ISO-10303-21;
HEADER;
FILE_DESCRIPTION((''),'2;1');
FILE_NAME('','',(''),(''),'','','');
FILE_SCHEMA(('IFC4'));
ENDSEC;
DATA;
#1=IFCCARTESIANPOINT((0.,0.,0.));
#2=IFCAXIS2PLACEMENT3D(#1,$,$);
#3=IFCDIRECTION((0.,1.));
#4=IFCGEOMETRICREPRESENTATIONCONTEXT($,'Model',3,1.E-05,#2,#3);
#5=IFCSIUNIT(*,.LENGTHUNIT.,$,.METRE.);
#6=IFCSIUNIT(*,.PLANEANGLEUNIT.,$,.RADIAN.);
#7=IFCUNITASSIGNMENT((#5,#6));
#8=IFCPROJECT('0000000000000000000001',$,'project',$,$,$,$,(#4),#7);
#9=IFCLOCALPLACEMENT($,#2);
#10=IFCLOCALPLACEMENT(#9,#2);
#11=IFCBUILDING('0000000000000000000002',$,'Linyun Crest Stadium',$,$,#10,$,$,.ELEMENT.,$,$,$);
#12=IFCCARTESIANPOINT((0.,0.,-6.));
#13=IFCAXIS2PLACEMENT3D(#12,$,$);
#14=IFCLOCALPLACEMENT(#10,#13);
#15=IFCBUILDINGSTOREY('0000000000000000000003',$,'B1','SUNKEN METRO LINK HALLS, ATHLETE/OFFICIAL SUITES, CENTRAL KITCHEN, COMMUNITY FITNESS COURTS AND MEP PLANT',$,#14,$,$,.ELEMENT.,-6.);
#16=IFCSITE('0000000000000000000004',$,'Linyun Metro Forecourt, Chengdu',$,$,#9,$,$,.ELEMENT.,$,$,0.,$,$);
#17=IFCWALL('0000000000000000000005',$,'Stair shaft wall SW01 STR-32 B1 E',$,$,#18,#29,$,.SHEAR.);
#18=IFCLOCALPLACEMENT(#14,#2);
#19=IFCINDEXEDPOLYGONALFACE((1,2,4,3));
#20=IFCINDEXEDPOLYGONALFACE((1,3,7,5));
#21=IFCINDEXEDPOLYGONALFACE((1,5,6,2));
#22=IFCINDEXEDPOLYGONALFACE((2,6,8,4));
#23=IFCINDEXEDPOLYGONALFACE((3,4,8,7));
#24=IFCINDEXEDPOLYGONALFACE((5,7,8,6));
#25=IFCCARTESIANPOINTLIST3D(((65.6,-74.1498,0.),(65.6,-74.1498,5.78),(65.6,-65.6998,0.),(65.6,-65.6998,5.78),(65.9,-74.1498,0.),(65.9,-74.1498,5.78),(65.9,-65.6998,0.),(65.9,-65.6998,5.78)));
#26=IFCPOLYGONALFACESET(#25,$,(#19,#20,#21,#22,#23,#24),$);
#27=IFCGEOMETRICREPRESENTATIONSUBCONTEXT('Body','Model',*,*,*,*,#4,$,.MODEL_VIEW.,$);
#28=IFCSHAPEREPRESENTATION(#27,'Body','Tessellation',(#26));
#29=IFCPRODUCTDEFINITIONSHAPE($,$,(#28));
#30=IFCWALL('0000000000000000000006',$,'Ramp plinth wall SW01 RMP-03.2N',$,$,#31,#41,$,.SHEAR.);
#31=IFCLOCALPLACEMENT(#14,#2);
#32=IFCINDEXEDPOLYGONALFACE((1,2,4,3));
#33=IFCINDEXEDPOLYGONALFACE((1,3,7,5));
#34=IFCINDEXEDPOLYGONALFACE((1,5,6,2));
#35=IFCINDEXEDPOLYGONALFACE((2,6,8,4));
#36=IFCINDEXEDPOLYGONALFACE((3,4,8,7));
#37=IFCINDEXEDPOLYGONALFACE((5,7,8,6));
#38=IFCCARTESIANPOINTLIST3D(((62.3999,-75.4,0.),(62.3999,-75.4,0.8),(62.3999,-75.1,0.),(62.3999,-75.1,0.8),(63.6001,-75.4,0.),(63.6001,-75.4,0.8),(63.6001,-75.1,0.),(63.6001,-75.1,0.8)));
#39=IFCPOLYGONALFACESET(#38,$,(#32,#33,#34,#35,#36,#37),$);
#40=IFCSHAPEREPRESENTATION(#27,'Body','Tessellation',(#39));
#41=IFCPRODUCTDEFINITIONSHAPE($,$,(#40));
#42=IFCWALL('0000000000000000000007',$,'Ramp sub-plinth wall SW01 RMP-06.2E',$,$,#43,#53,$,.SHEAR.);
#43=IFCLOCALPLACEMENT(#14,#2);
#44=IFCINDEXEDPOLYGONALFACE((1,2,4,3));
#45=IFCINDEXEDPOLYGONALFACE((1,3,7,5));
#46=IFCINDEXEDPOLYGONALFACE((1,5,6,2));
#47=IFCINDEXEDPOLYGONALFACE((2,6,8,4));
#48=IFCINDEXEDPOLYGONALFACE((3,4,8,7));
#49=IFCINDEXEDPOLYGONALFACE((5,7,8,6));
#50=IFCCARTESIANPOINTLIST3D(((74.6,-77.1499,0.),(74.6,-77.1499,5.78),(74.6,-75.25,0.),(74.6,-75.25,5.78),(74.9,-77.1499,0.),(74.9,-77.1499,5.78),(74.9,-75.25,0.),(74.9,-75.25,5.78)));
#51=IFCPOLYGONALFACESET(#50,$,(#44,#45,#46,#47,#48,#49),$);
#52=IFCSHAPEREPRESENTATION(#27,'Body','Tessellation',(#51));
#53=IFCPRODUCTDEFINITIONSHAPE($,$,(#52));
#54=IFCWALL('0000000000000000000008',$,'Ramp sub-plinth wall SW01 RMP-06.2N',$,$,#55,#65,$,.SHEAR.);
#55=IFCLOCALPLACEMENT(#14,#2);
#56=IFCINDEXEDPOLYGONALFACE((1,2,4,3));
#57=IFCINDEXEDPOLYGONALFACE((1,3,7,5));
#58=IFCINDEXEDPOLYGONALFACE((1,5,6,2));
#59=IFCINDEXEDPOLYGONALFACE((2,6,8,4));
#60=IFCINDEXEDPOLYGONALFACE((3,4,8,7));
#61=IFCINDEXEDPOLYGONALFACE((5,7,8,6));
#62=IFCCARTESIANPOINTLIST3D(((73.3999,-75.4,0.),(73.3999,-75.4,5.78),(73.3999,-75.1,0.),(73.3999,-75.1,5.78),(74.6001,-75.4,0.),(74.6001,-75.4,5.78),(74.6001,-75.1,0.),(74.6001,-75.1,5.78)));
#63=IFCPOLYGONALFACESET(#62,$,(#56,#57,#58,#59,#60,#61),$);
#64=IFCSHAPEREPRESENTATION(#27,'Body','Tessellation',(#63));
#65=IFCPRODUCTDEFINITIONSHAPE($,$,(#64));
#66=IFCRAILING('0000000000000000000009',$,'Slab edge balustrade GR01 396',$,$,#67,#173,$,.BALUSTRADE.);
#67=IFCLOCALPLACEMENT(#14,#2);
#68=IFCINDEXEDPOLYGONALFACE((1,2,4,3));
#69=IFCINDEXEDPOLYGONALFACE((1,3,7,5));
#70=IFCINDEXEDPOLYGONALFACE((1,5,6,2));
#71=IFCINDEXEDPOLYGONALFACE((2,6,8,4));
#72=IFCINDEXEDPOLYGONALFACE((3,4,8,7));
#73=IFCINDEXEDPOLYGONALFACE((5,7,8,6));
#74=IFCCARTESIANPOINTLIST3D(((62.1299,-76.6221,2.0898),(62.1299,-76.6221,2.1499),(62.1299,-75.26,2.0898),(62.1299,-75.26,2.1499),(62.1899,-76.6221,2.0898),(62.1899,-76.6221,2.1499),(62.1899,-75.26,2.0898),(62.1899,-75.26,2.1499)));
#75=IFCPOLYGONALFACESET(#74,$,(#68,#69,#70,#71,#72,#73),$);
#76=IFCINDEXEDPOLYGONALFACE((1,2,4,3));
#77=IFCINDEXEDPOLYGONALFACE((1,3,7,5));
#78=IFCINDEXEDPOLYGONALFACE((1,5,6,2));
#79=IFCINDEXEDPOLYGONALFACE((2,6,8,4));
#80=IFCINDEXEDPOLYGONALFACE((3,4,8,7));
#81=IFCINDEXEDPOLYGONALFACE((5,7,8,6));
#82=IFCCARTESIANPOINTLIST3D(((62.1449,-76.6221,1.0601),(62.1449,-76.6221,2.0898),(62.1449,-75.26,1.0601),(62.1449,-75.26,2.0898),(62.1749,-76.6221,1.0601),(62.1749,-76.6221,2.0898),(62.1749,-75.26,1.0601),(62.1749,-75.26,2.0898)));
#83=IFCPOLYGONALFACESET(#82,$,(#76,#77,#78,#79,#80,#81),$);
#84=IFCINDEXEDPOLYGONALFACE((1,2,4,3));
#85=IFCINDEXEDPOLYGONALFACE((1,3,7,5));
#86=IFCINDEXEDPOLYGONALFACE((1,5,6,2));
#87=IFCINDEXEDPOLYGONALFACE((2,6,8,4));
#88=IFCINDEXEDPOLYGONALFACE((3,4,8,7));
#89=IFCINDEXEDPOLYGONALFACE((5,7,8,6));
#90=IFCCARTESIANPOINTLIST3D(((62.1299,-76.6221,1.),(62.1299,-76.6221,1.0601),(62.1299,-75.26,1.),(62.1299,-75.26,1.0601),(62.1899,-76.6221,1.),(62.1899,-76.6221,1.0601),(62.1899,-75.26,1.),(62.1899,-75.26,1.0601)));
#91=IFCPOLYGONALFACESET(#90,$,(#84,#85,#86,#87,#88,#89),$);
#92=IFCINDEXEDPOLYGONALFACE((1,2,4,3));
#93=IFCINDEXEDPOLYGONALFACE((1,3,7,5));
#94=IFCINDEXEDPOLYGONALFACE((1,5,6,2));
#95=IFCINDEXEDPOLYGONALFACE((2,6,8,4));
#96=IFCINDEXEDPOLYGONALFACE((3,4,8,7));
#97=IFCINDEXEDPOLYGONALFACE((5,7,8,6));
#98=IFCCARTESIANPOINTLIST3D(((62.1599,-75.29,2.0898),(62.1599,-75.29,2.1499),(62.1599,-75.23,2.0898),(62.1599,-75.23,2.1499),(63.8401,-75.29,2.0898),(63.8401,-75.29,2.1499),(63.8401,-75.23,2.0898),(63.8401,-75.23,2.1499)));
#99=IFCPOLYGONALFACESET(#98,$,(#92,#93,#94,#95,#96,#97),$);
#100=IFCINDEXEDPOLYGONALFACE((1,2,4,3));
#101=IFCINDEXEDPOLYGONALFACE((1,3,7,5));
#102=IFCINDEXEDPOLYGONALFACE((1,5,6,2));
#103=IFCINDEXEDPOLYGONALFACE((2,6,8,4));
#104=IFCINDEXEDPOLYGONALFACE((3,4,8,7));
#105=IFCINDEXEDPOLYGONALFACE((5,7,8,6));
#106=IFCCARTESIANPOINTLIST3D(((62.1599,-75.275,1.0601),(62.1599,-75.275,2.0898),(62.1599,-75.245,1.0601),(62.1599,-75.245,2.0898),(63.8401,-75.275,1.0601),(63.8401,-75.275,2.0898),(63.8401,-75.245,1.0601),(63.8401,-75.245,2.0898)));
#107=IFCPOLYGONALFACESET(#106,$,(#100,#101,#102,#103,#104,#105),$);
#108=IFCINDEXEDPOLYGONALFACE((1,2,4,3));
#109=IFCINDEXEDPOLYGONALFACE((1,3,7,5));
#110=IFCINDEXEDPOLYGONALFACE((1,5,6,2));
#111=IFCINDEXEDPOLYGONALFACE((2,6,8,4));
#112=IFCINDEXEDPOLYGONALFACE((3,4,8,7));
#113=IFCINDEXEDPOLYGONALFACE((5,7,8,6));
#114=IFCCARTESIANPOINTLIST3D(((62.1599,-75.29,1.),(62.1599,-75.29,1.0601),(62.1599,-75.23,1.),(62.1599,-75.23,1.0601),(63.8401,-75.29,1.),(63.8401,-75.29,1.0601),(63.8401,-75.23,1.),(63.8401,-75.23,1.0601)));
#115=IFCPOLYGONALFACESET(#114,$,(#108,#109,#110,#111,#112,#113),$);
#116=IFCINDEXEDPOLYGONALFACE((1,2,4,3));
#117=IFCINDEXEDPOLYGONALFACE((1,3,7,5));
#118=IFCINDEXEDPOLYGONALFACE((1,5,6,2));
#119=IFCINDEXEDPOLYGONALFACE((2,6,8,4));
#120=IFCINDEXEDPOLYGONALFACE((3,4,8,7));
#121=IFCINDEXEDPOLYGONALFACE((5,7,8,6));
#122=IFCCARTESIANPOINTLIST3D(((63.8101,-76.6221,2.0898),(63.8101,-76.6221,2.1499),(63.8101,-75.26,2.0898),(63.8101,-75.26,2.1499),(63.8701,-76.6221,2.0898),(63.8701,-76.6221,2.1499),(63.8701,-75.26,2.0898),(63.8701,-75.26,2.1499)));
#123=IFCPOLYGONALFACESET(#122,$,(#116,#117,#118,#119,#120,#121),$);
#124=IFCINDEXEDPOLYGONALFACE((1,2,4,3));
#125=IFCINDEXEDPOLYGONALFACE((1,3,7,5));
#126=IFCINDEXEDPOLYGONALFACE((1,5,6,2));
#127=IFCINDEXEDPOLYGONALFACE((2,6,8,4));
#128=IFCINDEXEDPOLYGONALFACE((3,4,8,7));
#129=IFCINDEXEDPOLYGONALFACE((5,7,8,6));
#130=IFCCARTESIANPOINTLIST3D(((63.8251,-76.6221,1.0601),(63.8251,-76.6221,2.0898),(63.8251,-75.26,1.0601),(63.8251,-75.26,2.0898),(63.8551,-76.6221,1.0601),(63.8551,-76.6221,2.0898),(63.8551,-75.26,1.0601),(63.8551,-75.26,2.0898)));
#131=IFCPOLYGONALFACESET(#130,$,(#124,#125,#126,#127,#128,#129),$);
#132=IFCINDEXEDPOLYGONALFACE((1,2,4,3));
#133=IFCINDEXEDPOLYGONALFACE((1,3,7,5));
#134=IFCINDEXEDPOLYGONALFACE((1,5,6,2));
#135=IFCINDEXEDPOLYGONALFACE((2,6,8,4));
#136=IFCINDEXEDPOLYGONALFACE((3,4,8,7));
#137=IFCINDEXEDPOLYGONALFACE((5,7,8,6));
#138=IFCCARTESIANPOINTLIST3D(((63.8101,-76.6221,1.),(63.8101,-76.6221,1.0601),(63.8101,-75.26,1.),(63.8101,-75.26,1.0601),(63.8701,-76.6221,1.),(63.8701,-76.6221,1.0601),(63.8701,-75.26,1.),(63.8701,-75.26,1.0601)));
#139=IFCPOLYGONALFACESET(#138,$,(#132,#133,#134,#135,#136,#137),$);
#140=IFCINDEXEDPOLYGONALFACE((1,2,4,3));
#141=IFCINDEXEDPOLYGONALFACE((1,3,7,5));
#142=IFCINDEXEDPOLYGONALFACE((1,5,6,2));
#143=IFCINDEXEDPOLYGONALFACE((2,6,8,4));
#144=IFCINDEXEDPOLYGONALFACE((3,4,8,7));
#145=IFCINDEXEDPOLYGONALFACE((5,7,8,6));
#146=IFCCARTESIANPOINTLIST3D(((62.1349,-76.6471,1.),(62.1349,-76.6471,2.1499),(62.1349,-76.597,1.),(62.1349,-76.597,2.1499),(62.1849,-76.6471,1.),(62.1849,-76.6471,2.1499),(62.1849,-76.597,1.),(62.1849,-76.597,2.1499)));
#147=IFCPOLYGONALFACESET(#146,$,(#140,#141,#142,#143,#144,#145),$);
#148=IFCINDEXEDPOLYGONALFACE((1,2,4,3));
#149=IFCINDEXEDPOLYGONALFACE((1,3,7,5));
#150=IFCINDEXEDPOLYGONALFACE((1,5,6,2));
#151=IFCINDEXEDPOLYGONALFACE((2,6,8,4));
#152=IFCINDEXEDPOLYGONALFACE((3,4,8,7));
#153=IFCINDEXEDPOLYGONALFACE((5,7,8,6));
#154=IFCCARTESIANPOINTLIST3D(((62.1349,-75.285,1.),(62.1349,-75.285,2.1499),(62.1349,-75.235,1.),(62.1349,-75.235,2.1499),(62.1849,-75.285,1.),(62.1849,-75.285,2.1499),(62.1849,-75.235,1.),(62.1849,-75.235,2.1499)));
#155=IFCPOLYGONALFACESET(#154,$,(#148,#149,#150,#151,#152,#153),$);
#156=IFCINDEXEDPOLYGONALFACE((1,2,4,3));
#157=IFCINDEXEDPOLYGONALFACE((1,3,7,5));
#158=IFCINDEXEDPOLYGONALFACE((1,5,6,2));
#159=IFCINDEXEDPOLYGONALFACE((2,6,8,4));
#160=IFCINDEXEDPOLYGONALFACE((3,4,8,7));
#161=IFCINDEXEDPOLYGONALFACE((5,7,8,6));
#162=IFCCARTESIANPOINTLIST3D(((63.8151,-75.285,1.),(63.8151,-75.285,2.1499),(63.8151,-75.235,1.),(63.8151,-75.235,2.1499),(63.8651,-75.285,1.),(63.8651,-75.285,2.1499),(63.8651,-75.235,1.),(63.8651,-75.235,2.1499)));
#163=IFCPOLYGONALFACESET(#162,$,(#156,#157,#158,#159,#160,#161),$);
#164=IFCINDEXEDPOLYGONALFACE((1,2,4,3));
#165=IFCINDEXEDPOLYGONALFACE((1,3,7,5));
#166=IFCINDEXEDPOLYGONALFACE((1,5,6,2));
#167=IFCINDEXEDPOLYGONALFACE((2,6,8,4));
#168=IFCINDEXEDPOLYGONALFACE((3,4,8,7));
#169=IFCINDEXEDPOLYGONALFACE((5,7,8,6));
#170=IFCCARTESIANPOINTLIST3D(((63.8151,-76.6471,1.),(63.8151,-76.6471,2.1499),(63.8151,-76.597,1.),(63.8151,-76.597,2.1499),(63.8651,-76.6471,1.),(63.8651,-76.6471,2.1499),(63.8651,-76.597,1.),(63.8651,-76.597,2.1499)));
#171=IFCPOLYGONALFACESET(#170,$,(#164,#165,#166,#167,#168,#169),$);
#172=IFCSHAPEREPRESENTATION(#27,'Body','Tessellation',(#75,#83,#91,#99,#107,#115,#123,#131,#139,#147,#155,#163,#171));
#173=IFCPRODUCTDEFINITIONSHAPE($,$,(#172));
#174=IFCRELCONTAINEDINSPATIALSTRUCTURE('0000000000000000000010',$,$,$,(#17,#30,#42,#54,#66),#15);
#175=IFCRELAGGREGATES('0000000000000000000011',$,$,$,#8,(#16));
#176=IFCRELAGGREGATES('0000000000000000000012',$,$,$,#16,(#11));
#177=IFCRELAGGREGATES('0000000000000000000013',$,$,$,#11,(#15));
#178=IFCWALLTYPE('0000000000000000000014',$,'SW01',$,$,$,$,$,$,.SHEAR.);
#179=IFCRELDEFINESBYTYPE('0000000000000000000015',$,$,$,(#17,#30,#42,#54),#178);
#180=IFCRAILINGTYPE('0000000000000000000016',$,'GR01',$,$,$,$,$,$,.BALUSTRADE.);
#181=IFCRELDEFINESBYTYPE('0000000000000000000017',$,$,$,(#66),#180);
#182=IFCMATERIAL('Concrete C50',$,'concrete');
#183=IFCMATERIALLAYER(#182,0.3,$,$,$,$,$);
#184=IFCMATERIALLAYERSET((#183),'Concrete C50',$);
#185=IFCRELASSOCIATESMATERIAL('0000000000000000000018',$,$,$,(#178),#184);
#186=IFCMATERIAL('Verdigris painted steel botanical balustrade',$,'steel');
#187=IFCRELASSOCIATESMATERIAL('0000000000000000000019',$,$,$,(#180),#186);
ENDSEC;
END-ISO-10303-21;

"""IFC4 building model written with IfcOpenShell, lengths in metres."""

from ifc_helpers import new_model, si_unit, direction, frame, frame_2d, origin, origin_2d, place, context, subcontext, project, spatial, rectangle, extrude, material, layer, layer_set, type_object, element, save


model = new_model("IFC4")

# Units and contexts
model_context = context("Model", 3, precision=1e-05, world=origin(), true_north=direction((0.0, 1.0)))
body_context = subcontext(model_context, "Body", "Model", "MODEL_VIEW")
ifc_project = project(units=[si_unit("LENGTHUNIT", "METRE"), si_unit("PLANEANGLEUNIT", "RADIAN")], contexts=[model_context])

# Site, building, storey
site_placement = place(None, origin())
site = spatial("IfcSite", under=ifc_project, at=site_placement, Name="Linyun Metro Forecourt, Chengdu", CompositionType="ELEMENT", RefElevation=0.0)
building_placement = place(site_placement, origin())
building = spatial("IfcBuilding", under=site, at=building_placement, Name="Linyun Crest Stadium", CompositionType="ELEMENT")
storey_placement = place(building_placement, frame((0.0, 0.0, -6.0)))
storey = spatial("IfcBuildingStorey", under=building, at=storey_placement, Name="B1", Description="SUNKEN METRO LINK HALLS, ATHLETE/OFFICIAL SUITES, CENTRAL KITCHEN, COMMUNITY FITNESS COURTS AND MEP PLANT", CompositionType="ELEMENT", Elevation=-6.0)

# Walls
ifc_material_1 = material(Name="Concrete C50", Category="concrete")
ifc_layer_1 = layer(ifc_material_1, 0.3)
ifc_layer_set_1 = layer_set([ifc_layer_1], Name="Concrete C50")
wall_type_1 = type_object("IfcWallType", Name="SW01", PredefinedType="SHEAR", material=ifc_layer_set_1)
for number, where, z_axis, x_axis, name in (
    (1, (65.75, -74.1499, 0.0), (0.0, 0.0, 1.0), (0.0, 1.0, 0.0), "Stair shaft wall SW01 STR-32 B1 E"),
):
    element("IfcWall", number, at=place(storey_placement, frame(where, z_axis=z_axis, x_axis=x_axis)), inside=storey, type_object=wall_type_1, Name=name, PredefinedType="SHEAR", context=body_context, shape_type="SweptSolid", body=[
        extrude(rectangle(XDim=8.45, YDim=0.3, at=frame_2d((4.2251, 0.0))), origin(), (0.0, 0.0, 1.0), 5.78),
    ])
wall_1_placement = place(storey_placement, frame((62.3999, -75.25, 0.0), z_axis=(0.0, 0.0, 1.0), x_axis=(1.0, 0.0, 0.0)))
element("IfcWall", 2, at=wall_1_placement, inside=storey, type_object=wall_type_1, Name="Ramp plinth wall SW01 RMP-03.2N", PredefinedType="SHEAR", context=body_context, shape_type="SweptSolid", body=[
    extrude(rectangle(XDim=1.2002, YDim=0.3, at=frame_2d((0.6001, 0.0))), origin(), (0.0, 0.0, 1.0), 0.8),
])
wall_2_placement = place(storey_placement, frame((74.75, -77.1499, 0.0), z_axis=(0.0, 0.0, 1.0), x_axis=(0.0, 1.0, 0.0)))
element("IfcWall", 3, at=wall_2_placement, inside=storey, type_object=wall_type_1, Name="Ramp sub-plinth wall SW01 RMP-06.2E", PredefinedType="SHEAR", context=body_context, shape_type="SweptSolid", body=[
    extrude(rectangle(XDim=1.8999, YDim=0.3, at=frame_2d((0.95, 0.0))), origin(), (0.0, 0.0, 1.0), 5.78),
])
wall_3_placement = place(storey_placement, frame((73.3999, -75.25, 0.0), z_axis=(0.0, 0.0, 1.0), x_axis=(1.0, 0.0, 0.0)))
element("IfcWall", 4, at=wall_3_placement, inside=storey, type_object=wall_type_1, Name="Ramp sub-plinth wall SW01 RMP-06.2N", PredefinedType="SHEAR", context=body_context, shape_type="SweptSolid", body=[
    extrude(rectangle(XDim=1.2002, YDim=0.3, at=frame_2d((0.6001, 0.0))), origin(), (0.0, 0.0, 1.0), 5.78),
])

# Railing
ifc_material_2 = material(Name="Verdigris painted steel botanical balustrade", Category="steel")
railing_type = type_object("IfcRailingType", Name="GR01", PredefinedType="BALUSTRADE", material=ifc_material_2)
railing_placement = place(storey_placement, frame((62.1599, -76.6221, 1.0)))
element("IfcRailing", 5, at=railing_placement, inside=storey, type_object=railing_type, Name="Slab edge balustrade GR01 396", PredefinedType="BALUSTRADE", context=body_context, shape_type="SweptSolid", body=[
    extrude(rectangle(XDim=0.0601, YDim=0.0601, at=origin_2d()), frame((0.0, 0.0, 1.1199), z_axis=(0.0, 1.0, 0.0), x_axis=(-1.0, 0.0, 0.0)), (0.0, 0.0, 1.0), 1.3621),
    extrude(rectangle(XDim=0.03, YDim=1.0298, at=origin_2d()), frame((0.0, 0.0, 0.575), z_axis=(0.0, 1.0, 0.0), x_axis=(-1.0, 0.0, 0.0)), (0.0, 0.0, 1.0), 1.3621),
    extrude(rectangle(XDim=0.0601, YDim=0.0601, at=origin_2d()), frame((0.0, 0.0, 0.03), z_axis=(0.0, 1.0, 0.0), x_axis=(-1.0, 0.0, 0.0)), (0.0, 0.0, 1.0), 1.3621),
    extrude(rectangle(XDim=0.0601, YDim=0.0601, at=origin_2d()), frame((0.0, 1.3621, 1.1199), z_axis=(1.0, 0.0, 0.0), x_axis=(0.0, 1.0, 0.0)), (0.0, 0.0, 1.0), 1.6802),
    extrude(rectangle(XDim=0.03, YDim=1.0298, at=origin_2d()), frame((0.0, 1.3621, 0.575), z_axis=(1.0, 0.0, 0.0), x_axis=(0.0, 1.0, 0.0)), (0.0, 0.0, 1.0), 1.6802),
    extrude(rectangle(XDim=0.0601, YDim=0.0601, at=origin_2d()), frame((0.0, 1.3621, 0.03), z_axis=(1.0, 0.0, 0.0), x_axis=(0.0, 1.0, 0.0)), (0.0, 0.0, 1.0), 1.6802),
    extrude(rectangle(XDim=0.0601, YDim=0.0601, at=origin_2d()), frame((1.6802, 1.3621, 1.1199), z_axis=(0.0, -1.0, 0.0), x_axis=(1.0, 0.0, 0.0)), (0.0, 0.0, 1.0), 1.3621),
    extrude(rectangle(XDim=0.03, YDim=1.0298, at=origin_2d()), frame((1.6802, 1.3621, 0.575), z_axis=(0.0, -1.0, 0.0), x_axis=(1.0, 0.0, 0.0)), (0.0, 0.0, 1.0), 1.3621),
    extrude(rectangle(XDim=0.0601, YDim=0.0601, at=origin_2d()), frame((1.6802, 1.3621, 0.03), z_axis=(0.0, -1.0, 0.0), x_axis=(1.0, 0.0, 0.0)), (0.0, 0.0, 1.0), 1.3621),
    extrude(rectangle(XDim=0.05, YDim=0.05, at=origin_2d()), origin(), (0.0, 0.0, 1.0), 1.1499),
    extrude(rectangle(XDim=0.05, YDim=0.05, at=origin_2d()), frame((0.0, 1.3621, 0.0)), (0.0, 0.0, 1.0), 1.1499),
    extrude(rectangle(XDim=0.05, YDim=0.05, at=origin_2d()), frame((1.6802, 1.3621, 0.0)), (0.0, 0.0, 1.0), 1.1499),
    extrude(rectangle(XDim=0.05, YDim=0.05, at=origin_2d()), frame((1.6802, 0.0, 0.0)), (0.0, 0.0, 1.0), 1.1499),
])

save(model, "model.ifc")
